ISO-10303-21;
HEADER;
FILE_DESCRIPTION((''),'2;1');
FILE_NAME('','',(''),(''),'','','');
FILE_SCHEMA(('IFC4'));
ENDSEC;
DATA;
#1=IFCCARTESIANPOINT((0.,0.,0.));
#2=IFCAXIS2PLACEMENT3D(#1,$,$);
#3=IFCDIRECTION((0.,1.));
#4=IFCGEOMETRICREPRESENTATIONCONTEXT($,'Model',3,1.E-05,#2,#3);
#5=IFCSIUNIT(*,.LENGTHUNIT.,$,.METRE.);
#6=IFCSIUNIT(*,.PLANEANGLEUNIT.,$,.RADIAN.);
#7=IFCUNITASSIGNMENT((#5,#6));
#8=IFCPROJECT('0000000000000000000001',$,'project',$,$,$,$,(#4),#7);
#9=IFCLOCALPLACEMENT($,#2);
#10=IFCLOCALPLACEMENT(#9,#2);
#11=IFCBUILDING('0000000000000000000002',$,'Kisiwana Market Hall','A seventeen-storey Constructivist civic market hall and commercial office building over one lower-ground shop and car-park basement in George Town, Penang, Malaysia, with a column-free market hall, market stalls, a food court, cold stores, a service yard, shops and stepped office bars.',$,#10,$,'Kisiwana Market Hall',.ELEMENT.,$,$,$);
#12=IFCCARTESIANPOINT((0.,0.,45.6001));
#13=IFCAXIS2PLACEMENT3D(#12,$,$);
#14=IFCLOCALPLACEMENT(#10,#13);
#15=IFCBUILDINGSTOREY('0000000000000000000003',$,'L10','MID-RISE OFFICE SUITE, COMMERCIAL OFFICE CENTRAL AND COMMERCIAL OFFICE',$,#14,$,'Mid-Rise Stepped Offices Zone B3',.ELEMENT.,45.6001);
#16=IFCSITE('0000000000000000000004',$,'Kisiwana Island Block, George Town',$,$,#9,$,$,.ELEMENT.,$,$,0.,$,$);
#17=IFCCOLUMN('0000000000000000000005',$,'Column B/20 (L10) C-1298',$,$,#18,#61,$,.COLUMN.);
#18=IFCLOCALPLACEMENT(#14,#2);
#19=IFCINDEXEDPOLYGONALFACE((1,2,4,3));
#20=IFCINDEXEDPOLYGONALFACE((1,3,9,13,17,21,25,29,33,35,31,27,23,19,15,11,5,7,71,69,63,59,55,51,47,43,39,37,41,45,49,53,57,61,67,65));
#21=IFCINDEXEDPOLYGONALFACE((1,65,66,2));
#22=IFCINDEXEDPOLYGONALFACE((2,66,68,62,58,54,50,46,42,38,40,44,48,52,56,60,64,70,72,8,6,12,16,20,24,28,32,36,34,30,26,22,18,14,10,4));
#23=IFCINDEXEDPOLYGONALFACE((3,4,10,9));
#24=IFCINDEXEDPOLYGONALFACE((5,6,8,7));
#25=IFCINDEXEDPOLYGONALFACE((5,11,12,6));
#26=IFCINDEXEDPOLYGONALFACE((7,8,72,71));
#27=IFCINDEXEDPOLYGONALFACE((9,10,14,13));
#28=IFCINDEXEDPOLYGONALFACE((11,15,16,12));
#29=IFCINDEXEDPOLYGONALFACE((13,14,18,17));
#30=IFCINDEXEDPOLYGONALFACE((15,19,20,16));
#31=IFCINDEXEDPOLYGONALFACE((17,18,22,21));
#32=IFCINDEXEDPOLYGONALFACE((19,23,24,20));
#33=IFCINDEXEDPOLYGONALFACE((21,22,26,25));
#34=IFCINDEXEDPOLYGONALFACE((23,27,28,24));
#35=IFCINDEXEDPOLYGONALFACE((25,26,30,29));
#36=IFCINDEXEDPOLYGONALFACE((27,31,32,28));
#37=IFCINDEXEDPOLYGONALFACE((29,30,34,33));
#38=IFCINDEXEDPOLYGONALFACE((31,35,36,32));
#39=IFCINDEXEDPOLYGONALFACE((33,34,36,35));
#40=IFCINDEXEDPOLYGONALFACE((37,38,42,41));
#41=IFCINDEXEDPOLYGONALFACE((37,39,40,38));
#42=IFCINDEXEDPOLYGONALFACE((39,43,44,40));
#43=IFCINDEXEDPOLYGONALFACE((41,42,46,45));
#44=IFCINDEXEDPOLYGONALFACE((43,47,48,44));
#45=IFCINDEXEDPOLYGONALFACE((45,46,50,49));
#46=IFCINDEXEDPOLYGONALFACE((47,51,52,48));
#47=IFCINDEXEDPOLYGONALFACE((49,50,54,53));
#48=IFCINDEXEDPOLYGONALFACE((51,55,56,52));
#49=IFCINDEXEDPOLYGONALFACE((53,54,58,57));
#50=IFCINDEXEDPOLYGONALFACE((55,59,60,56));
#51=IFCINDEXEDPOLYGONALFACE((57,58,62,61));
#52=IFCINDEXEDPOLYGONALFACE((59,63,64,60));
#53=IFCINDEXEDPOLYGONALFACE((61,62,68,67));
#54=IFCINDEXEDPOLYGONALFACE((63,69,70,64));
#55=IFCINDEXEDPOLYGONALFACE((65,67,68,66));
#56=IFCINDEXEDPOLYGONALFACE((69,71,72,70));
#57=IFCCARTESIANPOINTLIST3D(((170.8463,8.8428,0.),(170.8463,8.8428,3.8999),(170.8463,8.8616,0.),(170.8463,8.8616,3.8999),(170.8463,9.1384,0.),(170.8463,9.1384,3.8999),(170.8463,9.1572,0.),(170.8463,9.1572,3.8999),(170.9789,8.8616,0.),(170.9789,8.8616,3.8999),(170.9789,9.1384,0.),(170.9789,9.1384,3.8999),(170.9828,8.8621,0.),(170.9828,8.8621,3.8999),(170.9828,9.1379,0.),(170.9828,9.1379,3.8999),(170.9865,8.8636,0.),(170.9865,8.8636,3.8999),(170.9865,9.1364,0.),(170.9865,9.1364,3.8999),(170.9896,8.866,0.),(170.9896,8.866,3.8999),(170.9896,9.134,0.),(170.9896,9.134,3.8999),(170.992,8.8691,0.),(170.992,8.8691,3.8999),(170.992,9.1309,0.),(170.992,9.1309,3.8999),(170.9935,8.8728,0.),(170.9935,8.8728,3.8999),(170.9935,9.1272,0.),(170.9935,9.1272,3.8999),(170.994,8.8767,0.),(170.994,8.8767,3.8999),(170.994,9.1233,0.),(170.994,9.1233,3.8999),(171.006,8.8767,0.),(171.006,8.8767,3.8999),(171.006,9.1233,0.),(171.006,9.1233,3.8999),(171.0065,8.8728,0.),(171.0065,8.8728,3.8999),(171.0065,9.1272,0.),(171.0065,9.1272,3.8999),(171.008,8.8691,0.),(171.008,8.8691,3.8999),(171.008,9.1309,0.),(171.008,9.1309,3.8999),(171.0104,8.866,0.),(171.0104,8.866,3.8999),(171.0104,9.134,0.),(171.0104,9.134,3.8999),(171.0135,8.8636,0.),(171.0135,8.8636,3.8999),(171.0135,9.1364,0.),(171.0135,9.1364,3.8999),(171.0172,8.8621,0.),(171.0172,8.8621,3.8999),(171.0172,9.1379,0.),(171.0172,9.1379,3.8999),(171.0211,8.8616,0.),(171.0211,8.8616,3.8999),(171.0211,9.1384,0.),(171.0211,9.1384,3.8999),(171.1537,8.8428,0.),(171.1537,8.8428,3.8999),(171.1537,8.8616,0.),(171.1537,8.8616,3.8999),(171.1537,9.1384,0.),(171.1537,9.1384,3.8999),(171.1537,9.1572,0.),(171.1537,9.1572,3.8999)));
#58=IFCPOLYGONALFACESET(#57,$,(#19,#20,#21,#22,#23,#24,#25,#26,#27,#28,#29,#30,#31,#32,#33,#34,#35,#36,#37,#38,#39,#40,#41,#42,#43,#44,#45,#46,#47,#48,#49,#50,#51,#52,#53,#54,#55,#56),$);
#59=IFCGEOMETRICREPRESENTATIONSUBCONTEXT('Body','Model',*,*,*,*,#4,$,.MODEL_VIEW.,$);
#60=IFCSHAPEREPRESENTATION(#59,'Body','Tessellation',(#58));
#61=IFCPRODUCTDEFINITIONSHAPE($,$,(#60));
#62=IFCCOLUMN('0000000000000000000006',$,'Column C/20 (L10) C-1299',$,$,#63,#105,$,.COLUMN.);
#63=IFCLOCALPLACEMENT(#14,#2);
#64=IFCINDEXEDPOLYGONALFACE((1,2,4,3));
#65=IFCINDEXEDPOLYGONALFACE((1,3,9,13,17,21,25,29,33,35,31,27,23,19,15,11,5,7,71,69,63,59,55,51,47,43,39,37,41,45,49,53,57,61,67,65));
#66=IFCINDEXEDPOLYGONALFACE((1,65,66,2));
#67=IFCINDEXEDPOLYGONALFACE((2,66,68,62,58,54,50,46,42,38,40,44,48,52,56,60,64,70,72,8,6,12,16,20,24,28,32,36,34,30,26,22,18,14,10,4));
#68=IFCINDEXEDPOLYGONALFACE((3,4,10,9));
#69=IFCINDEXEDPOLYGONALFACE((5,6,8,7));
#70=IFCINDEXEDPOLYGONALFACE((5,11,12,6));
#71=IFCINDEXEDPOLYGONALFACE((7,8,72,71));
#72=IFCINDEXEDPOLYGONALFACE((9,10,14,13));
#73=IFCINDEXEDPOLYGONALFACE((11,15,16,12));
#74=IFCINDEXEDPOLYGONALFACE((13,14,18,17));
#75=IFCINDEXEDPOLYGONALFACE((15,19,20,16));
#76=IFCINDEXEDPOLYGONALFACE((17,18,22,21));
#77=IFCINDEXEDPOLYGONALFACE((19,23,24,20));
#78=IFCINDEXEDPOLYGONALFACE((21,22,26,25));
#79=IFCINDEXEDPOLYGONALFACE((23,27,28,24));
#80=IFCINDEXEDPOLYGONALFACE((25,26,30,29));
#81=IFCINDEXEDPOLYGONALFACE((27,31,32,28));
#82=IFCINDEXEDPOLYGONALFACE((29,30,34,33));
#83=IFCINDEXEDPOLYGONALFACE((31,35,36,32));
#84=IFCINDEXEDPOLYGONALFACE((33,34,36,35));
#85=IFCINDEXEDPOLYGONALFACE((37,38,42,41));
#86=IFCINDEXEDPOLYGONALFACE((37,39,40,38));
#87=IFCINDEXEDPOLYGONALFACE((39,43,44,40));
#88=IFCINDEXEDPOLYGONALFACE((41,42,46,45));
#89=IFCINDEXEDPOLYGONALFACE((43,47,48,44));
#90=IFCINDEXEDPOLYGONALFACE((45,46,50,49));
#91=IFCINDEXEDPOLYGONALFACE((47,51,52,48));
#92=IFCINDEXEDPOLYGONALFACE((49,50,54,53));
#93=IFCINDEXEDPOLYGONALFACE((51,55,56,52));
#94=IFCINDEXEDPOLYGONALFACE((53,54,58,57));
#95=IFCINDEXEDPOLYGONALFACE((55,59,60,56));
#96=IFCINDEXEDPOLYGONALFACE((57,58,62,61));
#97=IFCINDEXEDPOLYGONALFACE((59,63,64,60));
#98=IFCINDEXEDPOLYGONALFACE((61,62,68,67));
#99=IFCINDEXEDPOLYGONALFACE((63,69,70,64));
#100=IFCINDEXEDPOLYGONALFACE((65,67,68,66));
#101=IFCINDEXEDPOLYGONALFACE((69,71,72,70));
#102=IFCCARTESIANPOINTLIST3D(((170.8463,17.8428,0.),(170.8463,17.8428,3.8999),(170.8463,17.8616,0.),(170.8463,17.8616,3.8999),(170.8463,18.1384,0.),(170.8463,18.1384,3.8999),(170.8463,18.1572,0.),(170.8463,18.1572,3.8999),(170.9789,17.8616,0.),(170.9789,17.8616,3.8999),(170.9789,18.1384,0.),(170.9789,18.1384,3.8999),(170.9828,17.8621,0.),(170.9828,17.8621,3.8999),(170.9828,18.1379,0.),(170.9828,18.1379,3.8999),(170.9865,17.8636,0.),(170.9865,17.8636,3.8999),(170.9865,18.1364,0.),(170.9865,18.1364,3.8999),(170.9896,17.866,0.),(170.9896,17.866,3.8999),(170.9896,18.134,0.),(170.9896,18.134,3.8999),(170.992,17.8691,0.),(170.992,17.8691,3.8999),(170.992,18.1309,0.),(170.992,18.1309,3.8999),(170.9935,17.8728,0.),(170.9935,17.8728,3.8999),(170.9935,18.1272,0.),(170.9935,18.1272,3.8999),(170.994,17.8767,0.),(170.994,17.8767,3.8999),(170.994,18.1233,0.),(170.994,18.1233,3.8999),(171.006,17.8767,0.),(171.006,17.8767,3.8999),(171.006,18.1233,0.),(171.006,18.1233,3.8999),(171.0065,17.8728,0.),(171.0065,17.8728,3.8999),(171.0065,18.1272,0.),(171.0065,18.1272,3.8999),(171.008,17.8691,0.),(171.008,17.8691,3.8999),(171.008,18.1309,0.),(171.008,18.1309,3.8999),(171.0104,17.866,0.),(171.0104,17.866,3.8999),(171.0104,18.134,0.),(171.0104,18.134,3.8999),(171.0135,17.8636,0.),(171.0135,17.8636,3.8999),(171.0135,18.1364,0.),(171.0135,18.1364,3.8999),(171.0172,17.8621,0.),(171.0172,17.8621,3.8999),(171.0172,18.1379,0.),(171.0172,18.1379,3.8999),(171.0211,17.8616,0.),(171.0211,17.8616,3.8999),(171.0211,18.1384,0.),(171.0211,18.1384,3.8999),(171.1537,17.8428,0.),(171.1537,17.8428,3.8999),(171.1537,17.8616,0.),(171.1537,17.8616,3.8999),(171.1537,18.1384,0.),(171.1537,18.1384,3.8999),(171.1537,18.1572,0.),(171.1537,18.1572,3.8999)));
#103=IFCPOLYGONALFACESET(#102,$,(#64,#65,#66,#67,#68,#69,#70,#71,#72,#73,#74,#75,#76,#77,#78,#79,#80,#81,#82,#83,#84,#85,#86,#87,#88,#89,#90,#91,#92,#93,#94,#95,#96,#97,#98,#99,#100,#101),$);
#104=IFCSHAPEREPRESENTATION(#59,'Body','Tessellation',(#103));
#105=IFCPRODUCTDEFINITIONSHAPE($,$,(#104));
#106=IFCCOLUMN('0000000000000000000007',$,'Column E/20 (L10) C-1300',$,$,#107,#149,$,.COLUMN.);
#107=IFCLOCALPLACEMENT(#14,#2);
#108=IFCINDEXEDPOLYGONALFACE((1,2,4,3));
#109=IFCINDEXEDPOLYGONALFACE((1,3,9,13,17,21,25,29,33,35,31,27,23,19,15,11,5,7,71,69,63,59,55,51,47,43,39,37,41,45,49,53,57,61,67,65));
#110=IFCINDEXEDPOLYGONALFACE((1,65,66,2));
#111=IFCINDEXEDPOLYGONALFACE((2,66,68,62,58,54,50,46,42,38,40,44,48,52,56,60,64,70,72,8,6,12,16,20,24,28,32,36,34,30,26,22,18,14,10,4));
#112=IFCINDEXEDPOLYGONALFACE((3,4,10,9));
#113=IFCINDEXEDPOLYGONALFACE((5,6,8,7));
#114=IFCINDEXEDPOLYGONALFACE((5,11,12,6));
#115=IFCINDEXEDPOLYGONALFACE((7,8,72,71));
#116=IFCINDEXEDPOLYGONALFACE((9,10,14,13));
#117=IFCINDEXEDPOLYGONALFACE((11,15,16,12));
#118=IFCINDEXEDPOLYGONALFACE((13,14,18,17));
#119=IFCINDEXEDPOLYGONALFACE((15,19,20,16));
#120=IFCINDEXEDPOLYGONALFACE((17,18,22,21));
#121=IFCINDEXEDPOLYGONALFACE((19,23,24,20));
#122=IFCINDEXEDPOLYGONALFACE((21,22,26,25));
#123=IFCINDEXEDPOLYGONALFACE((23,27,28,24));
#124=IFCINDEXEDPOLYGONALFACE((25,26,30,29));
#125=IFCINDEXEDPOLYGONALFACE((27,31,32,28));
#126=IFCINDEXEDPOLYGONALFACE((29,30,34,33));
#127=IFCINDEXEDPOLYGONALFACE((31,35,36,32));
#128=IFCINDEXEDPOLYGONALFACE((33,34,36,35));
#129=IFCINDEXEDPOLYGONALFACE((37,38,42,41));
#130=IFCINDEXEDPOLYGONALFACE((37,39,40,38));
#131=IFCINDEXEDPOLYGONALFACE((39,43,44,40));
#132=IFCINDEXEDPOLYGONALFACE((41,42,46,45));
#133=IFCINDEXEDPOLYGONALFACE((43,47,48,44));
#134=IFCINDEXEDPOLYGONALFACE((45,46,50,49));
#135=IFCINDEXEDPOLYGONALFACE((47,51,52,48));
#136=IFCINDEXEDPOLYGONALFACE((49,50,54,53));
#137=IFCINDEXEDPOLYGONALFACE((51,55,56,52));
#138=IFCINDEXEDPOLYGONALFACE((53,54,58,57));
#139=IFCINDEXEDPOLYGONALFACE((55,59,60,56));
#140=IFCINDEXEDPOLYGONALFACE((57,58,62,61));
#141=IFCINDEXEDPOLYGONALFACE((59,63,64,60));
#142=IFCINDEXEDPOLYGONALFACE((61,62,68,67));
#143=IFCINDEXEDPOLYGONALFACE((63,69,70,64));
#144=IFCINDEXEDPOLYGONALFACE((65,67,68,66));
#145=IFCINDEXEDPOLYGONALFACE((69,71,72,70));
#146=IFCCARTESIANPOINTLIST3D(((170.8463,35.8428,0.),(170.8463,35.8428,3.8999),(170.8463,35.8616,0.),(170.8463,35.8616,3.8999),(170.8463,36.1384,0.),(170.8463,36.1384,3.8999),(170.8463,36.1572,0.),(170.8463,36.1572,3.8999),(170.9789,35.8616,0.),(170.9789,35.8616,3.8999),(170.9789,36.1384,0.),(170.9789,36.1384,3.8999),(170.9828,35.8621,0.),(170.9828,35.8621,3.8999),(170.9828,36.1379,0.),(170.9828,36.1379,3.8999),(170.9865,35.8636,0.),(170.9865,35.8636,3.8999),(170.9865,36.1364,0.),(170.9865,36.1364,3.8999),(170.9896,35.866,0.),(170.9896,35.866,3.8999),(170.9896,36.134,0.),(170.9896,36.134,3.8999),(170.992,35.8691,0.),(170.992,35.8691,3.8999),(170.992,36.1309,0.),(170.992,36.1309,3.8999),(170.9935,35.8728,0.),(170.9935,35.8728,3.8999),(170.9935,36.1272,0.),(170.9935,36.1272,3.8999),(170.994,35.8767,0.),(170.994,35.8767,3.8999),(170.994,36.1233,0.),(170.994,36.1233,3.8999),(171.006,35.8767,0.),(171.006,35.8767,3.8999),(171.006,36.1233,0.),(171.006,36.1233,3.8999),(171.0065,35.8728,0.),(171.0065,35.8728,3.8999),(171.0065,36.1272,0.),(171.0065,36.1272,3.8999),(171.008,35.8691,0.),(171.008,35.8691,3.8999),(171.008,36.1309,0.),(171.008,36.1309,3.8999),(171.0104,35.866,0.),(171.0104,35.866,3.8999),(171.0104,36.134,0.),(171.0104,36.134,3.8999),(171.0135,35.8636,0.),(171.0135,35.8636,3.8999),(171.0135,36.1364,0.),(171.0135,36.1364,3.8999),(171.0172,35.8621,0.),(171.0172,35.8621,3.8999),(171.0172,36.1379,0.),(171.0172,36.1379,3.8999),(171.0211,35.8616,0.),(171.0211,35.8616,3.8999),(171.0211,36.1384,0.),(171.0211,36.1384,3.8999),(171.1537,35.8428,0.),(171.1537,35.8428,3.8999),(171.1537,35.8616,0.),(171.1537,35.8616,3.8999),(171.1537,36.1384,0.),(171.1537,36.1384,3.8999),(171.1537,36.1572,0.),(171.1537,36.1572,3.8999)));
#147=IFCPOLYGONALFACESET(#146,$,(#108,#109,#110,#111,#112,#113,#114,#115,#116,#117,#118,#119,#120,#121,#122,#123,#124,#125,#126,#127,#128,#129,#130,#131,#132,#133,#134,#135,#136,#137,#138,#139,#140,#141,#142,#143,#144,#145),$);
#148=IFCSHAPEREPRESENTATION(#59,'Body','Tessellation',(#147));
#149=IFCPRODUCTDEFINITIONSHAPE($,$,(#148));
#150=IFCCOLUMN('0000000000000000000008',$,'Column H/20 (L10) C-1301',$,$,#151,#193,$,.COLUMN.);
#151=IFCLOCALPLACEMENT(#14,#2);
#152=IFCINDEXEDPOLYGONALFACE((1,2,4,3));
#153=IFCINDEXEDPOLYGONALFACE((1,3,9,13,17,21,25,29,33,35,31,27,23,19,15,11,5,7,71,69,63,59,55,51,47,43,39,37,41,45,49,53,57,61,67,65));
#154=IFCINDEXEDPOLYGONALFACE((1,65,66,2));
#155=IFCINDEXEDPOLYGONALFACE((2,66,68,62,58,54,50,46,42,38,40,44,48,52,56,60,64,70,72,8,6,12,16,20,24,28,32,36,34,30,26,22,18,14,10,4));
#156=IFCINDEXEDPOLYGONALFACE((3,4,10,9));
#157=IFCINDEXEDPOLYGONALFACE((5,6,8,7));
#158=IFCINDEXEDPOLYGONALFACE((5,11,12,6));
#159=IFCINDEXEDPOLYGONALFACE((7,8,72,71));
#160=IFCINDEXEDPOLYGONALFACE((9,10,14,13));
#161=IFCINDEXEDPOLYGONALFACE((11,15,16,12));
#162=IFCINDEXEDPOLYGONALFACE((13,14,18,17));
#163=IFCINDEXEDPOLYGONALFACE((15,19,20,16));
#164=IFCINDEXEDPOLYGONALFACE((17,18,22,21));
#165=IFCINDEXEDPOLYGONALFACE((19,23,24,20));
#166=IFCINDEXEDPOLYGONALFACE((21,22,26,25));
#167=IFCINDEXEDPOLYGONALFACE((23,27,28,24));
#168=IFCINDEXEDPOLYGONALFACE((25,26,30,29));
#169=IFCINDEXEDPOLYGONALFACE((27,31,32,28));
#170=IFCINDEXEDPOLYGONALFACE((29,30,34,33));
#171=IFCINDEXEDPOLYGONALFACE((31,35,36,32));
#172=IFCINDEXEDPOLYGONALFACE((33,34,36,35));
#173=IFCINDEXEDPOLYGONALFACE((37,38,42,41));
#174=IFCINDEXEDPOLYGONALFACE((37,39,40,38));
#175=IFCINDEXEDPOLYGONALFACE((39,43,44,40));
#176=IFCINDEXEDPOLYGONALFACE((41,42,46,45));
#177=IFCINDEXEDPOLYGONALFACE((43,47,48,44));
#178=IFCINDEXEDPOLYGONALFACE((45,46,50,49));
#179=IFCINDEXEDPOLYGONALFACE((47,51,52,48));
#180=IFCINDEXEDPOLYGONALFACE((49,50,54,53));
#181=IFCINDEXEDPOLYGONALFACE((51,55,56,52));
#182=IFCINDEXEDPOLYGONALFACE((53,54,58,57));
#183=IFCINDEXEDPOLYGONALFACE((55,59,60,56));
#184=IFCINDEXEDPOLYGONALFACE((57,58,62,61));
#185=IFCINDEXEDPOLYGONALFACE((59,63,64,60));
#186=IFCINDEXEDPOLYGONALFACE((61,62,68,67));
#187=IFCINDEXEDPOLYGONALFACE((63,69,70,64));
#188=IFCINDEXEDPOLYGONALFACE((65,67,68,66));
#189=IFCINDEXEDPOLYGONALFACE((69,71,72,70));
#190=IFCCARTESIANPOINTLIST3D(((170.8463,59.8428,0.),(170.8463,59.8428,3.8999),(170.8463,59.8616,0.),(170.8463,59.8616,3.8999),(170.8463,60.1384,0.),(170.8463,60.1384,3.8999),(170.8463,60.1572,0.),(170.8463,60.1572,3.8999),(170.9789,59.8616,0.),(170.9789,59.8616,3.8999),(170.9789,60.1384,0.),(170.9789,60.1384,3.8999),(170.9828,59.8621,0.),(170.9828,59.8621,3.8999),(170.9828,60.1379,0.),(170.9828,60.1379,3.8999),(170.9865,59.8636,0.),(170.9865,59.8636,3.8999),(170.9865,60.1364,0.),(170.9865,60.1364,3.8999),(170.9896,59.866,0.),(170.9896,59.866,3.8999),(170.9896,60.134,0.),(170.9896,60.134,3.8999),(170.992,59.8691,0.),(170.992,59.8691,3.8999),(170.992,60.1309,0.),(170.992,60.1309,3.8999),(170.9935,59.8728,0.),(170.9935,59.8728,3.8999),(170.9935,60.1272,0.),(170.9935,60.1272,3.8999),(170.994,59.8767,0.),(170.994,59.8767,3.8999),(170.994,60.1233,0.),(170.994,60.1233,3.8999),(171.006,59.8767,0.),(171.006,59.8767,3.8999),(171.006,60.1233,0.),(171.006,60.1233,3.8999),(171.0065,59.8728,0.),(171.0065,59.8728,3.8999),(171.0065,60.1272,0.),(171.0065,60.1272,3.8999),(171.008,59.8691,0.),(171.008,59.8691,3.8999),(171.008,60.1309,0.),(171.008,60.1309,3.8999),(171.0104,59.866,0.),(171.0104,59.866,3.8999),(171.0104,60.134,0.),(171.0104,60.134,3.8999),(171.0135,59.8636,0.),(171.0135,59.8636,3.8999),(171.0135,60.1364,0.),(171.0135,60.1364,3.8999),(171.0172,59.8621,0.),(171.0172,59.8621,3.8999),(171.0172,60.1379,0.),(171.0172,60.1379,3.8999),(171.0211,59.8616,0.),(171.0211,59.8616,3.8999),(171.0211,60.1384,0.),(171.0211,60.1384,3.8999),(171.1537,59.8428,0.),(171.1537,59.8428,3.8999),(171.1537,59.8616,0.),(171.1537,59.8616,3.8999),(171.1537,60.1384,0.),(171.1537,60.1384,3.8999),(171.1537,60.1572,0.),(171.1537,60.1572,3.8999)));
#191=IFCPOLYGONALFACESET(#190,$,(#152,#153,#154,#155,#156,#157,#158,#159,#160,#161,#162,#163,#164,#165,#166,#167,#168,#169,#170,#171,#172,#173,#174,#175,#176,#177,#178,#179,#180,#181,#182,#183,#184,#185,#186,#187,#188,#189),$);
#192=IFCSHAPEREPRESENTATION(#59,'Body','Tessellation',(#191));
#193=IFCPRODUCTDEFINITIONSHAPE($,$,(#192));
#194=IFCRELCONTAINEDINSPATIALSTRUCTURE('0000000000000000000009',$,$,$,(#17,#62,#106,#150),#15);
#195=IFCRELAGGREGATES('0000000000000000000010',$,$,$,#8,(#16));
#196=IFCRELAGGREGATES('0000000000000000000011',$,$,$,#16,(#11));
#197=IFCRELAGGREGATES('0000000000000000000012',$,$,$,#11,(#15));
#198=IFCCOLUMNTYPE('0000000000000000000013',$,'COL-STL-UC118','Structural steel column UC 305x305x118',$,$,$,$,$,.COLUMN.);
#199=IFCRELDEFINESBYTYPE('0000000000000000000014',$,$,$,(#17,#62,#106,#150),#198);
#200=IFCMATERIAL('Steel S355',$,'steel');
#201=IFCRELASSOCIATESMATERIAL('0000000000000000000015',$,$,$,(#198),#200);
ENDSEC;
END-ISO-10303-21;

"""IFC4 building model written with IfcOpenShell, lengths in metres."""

from ifc_helpers import new_model, si_unit, direction, frame, origin, origin_2d, place, context, subcontext, project, spatial, i_section, extrude, material, material_profile, profile_set, type_object, element, save


model = new_model("IFC4")

# Units and contexts
model_context = context("Model", 3, precision=1e-05, world=origin(), true_north=direction((0.0, 1.0)))
body_context = subcontext(model_context, "Body", "Model", "MODEL_VIEW")
ifc_project = project(units=[si_unit("LENGTHUNIT", "METRE"), si_unit("PLANEANGLEUNIT", "RADIAN")], contexts=[model_context])

# Site, building, storey
site_placement = place(None, origin())
site = spatial("IfcSite", under=ifc_project, at=site_placement, Name="Kisiwana Island Block, George Town", CompositionType="ELEMENT", RefElevation=0.0)
building_placement = place(site_placement, origin())
building = spatial("IfcBuilding", under=site, at=building_placement, Name="Kisiwana Market Hall", Description="A seventeen-storey Constructivist civic market hall and commercial office building over one lower-ground shop and car-park basement in George Town, Penang, Malaysia, with a column-free market hall, market stalls, a food court, cold stores, a service yard, shops and stepped office bars.", LongName="Kisiwana Market Hall", CompositionType="ELEMENT")
storey_placement = place(building_placement, frame((0.0, 0.0, 45.6001)))
storey = spatial("IfcBuildingStorey", under=building, at=storey_placement, Name="L10", Description="MID-RISE OFFICE SUITE, COMMERCIAL OFFICE CENTRAL AND COMMERCIAL OFFICE", LongName="Mid-Rise Stepped Offices Zone B3", CompositionType="ELEMENT", Elevation=45.6001)

# Columns
ifc_material_1 = material(Name="Steel S355", Category="steel")
ifc_material_profile_1 = material_profile(ifc_material_1, i_section(OverallWidth=0.3074, OverallDepth=0.3145, WebThickness=0.012, FlangeThickness=0.0188, FilletRadius=0.0151, at=origin_2d()), Name="UC 305x305x118")
ifc_profile_set_1 = profile_set([ifc_material_profile_1], Name="Steel S355")
column_type = type_object("IfcColumnType", Name="COL-STL-UC118", Description="Structural steel column UC 305x305x118", PredefinedType="COLUMN", material=ifc_profile_set_1)
for number, where, z_axis, x_axis, name in (
    (1, (171.0, 9.0, 0.0), (0.0, 0.0, 1.0), (1.0, 0.0, 0.0), "Column B/20 (L10) C-1298"),
    (2, (171.0, 18.0, 0.0), (0.0, 0.0, 1.0), (1.0, 0.0, 0.0), "Column C/20 (L10) C-1299"),
    (3, (171.0, 36.0, 0.0), (0.0, 0.0, 1.0), (1.0, 0.0, 0.0), "Column E/20 (L10) C-1300"),
    (4, (171.0, 60.0, 0.0), (0.0, 0.0, 1.0), (1.0, 0.0, 0.0), "Column H/20 (L10) C-1301"),
):
    element("IfcColumn", number, at=place(storey_placement, frame(where, z_axis=z_axis, x_axis=x_axis)), inside=storey, type_object=column_type, Name=name, PredefinedType="COLUMN", context=body_context, shape_type="SweptSolid", body=[
        extrude(i_section(OverallWidth=0.3074, OverallDepth=0.3145, WebThickness=0.012, FlangeThickness=0.0188, FilletRadius=0.0151, at=origin_2d()), origin(), (0.0, 0.0, 1.0), 3.8999),
    ])

save(model, "model.ifc")
